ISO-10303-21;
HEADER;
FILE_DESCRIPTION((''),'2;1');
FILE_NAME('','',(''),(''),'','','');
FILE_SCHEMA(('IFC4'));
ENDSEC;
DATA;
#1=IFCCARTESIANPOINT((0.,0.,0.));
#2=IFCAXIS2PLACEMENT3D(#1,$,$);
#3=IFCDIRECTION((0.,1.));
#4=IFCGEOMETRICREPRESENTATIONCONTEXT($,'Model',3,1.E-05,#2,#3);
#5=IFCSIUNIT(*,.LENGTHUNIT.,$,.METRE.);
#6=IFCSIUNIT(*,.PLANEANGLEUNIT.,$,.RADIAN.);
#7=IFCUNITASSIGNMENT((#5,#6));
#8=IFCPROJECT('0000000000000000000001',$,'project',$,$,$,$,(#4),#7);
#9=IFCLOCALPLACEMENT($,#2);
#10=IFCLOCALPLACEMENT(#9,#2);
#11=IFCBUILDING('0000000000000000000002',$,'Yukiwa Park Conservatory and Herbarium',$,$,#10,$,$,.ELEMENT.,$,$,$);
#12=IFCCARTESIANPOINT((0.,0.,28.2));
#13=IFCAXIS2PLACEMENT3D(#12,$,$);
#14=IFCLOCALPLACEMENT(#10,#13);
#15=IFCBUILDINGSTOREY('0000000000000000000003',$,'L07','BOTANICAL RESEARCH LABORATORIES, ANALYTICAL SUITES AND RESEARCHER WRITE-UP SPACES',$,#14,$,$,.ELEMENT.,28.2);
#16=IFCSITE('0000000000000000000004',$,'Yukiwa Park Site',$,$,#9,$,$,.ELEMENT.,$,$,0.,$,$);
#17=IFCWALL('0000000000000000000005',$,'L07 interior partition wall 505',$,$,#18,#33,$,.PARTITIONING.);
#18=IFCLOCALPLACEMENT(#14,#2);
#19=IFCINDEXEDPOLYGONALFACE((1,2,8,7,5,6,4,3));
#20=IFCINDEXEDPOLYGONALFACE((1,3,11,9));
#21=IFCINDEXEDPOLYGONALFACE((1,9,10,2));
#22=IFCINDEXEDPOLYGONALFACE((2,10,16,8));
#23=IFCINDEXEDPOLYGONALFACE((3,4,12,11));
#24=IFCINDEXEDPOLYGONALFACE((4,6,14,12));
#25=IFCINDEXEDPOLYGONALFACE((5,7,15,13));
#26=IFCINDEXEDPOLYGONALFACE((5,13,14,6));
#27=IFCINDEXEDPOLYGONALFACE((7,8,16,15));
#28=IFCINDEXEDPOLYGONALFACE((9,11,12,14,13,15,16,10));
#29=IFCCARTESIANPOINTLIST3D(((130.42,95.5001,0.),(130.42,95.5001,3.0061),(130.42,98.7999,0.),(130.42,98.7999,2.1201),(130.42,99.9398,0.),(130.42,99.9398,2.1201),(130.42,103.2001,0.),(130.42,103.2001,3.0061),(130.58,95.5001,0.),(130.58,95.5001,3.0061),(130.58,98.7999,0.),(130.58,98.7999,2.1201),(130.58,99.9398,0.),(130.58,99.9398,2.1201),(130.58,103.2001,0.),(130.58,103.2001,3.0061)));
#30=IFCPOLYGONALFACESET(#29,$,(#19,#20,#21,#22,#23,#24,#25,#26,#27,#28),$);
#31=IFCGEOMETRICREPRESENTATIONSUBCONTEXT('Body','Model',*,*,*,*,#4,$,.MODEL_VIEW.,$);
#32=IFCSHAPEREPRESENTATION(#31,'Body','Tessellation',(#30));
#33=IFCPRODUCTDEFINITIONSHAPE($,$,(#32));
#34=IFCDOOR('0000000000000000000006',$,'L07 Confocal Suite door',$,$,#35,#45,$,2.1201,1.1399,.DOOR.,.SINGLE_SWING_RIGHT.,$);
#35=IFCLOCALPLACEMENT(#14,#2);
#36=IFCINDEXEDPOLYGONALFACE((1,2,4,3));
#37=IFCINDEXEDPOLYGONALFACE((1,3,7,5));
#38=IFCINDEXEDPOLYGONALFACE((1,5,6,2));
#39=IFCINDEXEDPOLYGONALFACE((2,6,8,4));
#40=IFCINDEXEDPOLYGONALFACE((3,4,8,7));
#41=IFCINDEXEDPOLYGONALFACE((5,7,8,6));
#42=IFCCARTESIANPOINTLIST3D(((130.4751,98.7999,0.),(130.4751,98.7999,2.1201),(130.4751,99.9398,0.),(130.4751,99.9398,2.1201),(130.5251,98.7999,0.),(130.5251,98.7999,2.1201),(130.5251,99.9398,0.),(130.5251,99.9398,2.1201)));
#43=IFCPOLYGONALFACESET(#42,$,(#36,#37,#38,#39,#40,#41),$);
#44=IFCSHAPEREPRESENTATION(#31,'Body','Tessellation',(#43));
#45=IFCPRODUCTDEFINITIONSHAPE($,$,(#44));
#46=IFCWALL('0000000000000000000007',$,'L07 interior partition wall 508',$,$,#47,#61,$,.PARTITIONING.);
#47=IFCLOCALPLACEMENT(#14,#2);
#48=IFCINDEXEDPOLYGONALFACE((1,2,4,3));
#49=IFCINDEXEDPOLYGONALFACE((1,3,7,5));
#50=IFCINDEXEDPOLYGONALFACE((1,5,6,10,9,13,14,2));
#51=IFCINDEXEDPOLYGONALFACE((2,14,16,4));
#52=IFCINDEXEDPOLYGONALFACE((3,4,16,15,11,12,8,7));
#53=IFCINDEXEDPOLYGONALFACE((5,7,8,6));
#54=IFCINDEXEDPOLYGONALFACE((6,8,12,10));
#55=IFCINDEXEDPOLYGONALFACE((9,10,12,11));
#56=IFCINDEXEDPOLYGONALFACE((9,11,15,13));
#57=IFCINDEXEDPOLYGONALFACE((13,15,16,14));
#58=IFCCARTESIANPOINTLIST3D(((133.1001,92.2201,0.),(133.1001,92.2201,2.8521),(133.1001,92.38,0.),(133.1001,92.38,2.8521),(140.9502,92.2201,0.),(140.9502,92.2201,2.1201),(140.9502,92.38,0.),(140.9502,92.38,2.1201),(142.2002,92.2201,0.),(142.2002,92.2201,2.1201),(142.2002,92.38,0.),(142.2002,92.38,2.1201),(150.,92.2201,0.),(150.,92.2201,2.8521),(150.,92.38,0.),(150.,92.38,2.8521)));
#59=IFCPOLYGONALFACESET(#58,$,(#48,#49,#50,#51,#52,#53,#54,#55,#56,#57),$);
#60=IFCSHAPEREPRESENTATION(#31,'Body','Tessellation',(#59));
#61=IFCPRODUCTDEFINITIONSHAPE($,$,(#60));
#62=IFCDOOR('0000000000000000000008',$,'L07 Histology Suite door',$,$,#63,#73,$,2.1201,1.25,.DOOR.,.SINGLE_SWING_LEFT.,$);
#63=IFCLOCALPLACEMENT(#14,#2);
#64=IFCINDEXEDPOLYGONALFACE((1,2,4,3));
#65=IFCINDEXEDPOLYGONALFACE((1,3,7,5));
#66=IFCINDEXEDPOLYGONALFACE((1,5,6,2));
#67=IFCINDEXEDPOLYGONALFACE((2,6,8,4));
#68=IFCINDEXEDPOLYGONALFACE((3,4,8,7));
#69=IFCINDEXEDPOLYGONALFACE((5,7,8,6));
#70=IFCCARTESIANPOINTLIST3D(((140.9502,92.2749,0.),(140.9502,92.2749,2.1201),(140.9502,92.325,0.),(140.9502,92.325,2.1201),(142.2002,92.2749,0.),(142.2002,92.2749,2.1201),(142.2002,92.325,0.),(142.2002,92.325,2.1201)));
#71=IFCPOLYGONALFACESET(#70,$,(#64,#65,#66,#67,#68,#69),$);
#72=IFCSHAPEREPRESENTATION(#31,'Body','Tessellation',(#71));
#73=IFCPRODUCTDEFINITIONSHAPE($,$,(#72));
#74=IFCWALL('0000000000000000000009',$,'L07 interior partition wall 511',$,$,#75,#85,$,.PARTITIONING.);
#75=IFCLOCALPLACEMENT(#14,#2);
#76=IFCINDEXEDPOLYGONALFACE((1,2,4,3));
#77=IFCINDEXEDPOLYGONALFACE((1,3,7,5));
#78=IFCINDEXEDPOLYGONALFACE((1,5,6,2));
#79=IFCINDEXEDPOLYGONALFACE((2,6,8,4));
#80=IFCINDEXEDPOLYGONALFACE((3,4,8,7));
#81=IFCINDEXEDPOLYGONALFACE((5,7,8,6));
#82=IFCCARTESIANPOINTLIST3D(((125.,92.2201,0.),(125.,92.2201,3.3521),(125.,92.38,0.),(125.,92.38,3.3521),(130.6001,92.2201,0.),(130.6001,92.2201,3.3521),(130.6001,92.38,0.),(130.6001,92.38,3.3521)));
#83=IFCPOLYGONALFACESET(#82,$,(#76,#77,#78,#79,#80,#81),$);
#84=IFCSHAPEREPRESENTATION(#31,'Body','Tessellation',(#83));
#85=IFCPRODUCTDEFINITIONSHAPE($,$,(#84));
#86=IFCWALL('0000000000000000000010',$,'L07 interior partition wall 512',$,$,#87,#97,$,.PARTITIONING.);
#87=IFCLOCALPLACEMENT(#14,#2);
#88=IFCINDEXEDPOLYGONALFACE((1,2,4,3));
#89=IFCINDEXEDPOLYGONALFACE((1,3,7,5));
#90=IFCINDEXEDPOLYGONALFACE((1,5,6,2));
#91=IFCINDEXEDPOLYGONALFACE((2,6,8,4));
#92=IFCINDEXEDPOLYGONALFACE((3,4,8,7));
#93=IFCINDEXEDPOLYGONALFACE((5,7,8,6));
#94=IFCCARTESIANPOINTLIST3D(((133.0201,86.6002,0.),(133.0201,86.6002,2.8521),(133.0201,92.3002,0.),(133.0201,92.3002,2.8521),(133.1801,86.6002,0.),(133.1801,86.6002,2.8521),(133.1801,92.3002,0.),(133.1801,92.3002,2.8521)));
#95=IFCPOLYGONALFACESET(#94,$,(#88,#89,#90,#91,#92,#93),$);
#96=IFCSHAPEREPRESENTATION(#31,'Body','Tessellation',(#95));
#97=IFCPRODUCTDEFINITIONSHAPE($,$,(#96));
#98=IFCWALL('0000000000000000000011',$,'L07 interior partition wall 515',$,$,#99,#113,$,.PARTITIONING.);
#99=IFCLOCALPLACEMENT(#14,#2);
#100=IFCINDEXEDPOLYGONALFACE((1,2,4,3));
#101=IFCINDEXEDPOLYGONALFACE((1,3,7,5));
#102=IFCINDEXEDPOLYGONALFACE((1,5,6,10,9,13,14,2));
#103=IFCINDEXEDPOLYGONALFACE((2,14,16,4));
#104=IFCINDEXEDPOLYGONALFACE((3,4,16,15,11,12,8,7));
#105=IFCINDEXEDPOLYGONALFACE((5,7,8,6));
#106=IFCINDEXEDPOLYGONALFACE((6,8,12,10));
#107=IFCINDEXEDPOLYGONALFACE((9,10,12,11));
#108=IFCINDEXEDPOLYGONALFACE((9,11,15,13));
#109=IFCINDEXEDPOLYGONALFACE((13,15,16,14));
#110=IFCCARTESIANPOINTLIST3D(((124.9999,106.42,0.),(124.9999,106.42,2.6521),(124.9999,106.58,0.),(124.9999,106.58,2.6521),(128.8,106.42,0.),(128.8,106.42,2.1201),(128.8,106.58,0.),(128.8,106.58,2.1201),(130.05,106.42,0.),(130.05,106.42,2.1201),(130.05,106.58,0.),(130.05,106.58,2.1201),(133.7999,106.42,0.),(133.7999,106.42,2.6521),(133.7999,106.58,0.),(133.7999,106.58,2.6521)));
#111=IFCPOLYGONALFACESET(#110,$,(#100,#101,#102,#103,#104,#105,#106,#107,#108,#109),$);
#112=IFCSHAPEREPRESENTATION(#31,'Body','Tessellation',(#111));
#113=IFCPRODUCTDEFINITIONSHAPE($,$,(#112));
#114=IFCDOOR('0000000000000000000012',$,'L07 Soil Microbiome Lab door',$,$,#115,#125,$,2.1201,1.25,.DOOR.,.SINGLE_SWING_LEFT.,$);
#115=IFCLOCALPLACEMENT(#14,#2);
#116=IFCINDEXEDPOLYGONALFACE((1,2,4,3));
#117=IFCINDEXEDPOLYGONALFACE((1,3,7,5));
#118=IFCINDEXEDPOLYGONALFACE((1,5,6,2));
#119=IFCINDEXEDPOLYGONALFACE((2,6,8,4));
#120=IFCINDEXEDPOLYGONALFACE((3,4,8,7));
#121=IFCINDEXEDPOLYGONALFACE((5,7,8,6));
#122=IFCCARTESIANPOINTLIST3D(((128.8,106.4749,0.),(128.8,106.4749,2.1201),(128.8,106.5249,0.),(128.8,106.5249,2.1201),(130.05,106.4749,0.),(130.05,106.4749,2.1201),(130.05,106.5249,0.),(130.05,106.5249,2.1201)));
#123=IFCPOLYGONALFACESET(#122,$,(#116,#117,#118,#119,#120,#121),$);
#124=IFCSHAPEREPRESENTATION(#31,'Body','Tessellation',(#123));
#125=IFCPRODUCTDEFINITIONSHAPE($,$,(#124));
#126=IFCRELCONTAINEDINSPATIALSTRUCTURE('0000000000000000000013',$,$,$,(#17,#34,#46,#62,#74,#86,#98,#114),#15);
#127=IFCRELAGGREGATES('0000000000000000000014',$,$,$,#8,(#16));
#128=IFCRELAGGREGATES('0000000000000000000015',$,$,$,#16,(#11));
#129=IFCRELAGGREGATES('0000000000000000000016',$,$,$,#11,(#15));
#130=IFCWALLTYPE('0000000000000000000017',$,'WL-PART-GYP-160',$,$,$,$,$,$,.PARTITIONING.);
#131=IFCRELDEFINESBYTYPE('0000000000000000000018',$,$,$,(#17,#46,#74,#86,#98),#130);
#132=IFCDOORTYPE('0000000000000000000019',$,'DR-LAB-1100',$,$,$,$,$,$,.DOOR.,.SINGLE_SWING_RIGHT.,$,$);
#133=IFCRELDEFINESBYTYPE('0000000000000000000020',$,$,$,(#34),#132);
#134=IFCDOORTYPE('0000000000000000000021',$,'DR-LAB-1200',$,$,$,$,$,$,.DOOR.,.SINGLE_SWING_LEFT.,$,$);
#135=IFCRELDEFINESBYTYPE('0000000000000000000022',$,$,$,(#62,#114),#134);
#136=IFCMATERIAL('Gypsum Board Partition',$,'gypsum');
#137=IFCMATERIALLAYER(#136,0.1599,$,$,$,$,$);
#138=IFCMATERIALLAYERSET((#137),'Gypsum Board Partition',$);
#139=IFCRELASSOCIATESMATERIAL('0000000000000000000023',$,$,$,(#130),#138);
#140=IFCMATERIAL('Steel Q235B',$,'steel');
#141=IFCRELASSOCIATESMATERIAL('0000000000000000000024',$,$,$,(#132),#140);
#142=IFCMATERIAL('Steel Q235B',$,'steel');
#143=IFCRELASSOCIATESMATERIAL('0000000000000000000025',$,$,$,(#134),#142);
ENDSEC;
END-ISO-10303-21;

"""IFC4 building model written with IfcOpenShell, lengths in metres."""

from ifc_helpers import new_model, si_unit, direction, frame, frame_2d, origin, place, context, subcontext, project, spatial, rectangle, extrude, material, layer, layer_set, type_object, element, fill, save


model = new_model("IFC4")

# Units and contexts
model_context = context("Model", 3, precision=1e-05, world=origin(), true_north=direction((0.0, 1.0)))
body_context = subcontext(model_context, "Body", "Model", "MODEL_VIEW")
ifc_project = project(units=[si_unit("LENGTHUNIT", "METRE"), si_unit("PLANEANGLEUNIT", "RADIAN")], contexts=[model_context])

# Site, building, storey
site_placement = place(None, origin())
site = spatial("IfcSite", under=ifc_project, at=site_placement, Name="Yukiwa Park Site", CompositionType="ELEMENT", RefElevation=0.0)
building_placement = place(site_placement, origin())
building = spatial("IfcBuilding", under=site, at=building_placement, Name="Yukiwa Park Conservatory and Herbarium", CompositionType="ELEMENT")
storey_placement = place(building_placement, frame((0.0, 0.0, 28.2)))
storey = spatial("IfcBuildingStorey", under=building, at=storey_placement, Name="L07", Description="BOTANICAL RESEARCH LABORATORIES, ANALYTICAL SUITES AND RESEARCHER WRITE-UP SPACES", CompositionType="ELEMENT", Elevation=28.2)

# Walls, openings, doors
ifc_material_1 = material(Name="Gypsum Board Partition", Category="gypsum")
ifc_layer_1 = layer(ifc_material_1, 0.1599)
ifc_layer_set_1 = layer_set([ifc_layer_1], Name="Gypsum Board Partition")
wall_type_1 = type_object("IfcWallType", Name="WL-PART-GYP-160", PredefinedType="PARTITIONING", material=ifc_layer_set_1)
ifc_material_2 = material(Name="Steel Q235B", Category="steel")
door_type_1 = type_object("IfcDoorType", Name="DR-LAB-1100", OperationType="SINGLE_SWING_RIGHT", PredefinedType="DOOR", material=ifc_material_2)
wall_1_placement = place(storey_placement, frame((130.5, 95.5, 0.0), z_axis=(0.0, 0.0, 1.0), x_axis=(0.0, 1.0, 0.0)))
wall_1 = element("IfcWall", 1, at=wall_1_placement, inside=storey, type_object=wall_type_1, Name="L07 interior partition wall 505", PredefinedType="PARTITIONING", context=body_context, shape_type="SweptSolid", body=[
    extrude(rectangle(XDim=7.7, YDim=0.1599, at=frame_2d((3.8501, 0.0))), origin(), (0.0, 0.0, 1.0), 3.0061),
])
opening_1_placement = place(wall_1_placement, frame((3.3, 0.0, 0.0)))
opening_1 = element("IfcOpeningElement", 2, at=opening_1_placement, cuts=wall_1, PredefinedType="OPENING", context=body_context, shape_type="SweptSolid", body=[
    extrude(rectangle(XDim=1.1399, YDim=2.1201, at=frame_2d((0.5698, 1.0601))), frame((0.0, 0.0898, 0.0), z_axis=(0.0, -1.0, 0.0), x_axis=(1.0, 0.0, 0.0)), (0.0, 0.0, 1.0), 0.1799),
])
door_1_placement = place(opening_1_placement, origin())
door_1 = element("IfcDoor", 3, at=door_1_placement, inside=storey, type_object=door_type_1, Name="L07 Confocal Suite door", OperationType="SINGLE_SWING_RIGHT", OverallHeight=2.1201, OverallWidth=1.1399, PredefinedType="DOOR", context=body_context, shape_type="SweptSolid", body=[
    extrude(rectangle(XDim=1.1399, YDim=2.1201, at=frame_2d((0.5698, 1.0601))), frame((0.0, 0.0249, 0.0), z_axis=(0.0, -1.0, 0.0), x_axis=(1.0, 0.0, 0.0)), (0.0, 0.0, 1.0), 0.05),
])
fill(opening_1, door_1)
wall_2_placement = place(storey_placement, frame((133.1001, 92.3, 0.0), z_axis=(0.0, 0.0, 1.0), x_axis=(1.0, 0.0, 0.0)))
wall_2 = element("IfcWall", 4, at=wall_2_placement, inside=storey, type_object=wall_type_1, Name="L07 interior partition wall 508", PredefinedType="PARTITIONING", context=body_context, shape_type="SweptSolid", body=[
    extrude(rectangle(XDim=16.8999, YDim=0.1599, at=frame_2d((8.45, 0.0))), origin(), (0.0, 0.0, 1.0), 2.8521),
])
opening_2_placement = place(wall_2_placement, frame((7.8501, 0.0, 0.0)))
opening_2 = element("IfcOpeningElement", 5, at=opening_2_placement, cuts=wall_2, PredefinedType="OPENING", context=body_context, shape_type="SweptSolid", body=[
    extrude(rectangle(XDim=1.25, YDim=2.1201, at=frame_2d((0.625, 1.0601))), frame((0.0, 0.0898, 0.0), z_axis=(0.0, -1.0, 0.0), x_axis=(1.0, 0.0, 0.0)), (0.0, 0.0, 1.0), 0.1799),
])
ifc_material_3 = material(Name="Steel Q235B", Category="steel")
door_type_2 = type_object("IfcDoorType", Name="DR-LAB-1200", OperationType="SINGLE_SWING_LEFT", PredefinedType="DOOR", material=ifc_material_3)
door_2_placement = place(opening_2_placement, origin())
door_2 = element("IfcDoor", 6, at=door_2_placement, inside=storey, type_object=door_type_2, Name="L07 Histology Suite door", OperationType="SINGLE_SWING_LEFT", OverallHeight=2.1201, OverallWidth=1.25, PredefinedType="DOOR", context=body_context, shape_type="SweptSolid", body=[
    extrude(rectangle(XDim=1.25, YDim=2.1201, at=frame_2d((0.625, 1.0601))), frame((0.0, 0.0249, 0.0), z_axis=(0.0, -1.0, 0.0), x_axis=(1.0, 0.0, 0.0)), (0.0, 0.0, 1.0), 0.05),
])
fill(opening_2, door_2)

# Walls
wall_3_placement = place(storey_placement, frame((125.0, 92.3, 0.0), z_axis=(0.0, 0.0, 1.0), x_axis=(1.0, 0.0, 0.0)))
element("IfcWall", 7, at=wall_3_placement, inside=storey, type_object=wall_type_1, Name="L07 interior partition wall 511", PredefinedType="PARTITIONING", context=body_context, shape_type="SweptSolid", body=[
    extrude(rectangle(XDim=5.6001, YDim=0.1599, at=frame_2d((2.8, 0.0))), origin(), (0.0, 0.0, 1.0), 3.3521),
])
wall_4_placement = place(storey_placement, frame((133.1001, 86.6001, 0.0), z_axis=(0.0, 0.0, 1.0), x_axis=(0.0, 1.0, 0.0)))
element("IfcWall", 8, at=wall_4_placement, inside=storey, type_object=wall_type_1, Name="L07 interior partition wall 512", PredefinedType="PARTITIONING", context=body_context, shape_type="SweptSolid", body=[
    extrude(rectangle(XDim=5.7, YDim=0.1599, at=frame_2d((2.8501, 0.0))), origin(), (0.0, 0.0, 1.0), 2.8521),
])

# Wall, opening, door
wall_5_placement = place(storey_placement, frame((125.0, 106.5, 0.0), z_axis=(0.0, 0.0, 1.0), x_axis=(1.0, 0.0, 0.0)))
wall_5 = element("IfcWall", 9, at=wall_5_placement, inside=storey, type_object=wall_type_1, Name="L07 interior partition wall 515", PredefinedType="PARTITIONING", context=body_context, shape_type="SweptSolid", body=[
    extrude(rectangle(XDim=8.8, YDim=0.1599, at=frame_2d((4.3999, 0.0))), origin(), (0.0, 0.0, 1.0), 2.6521),
])
opening_3_placement = place(wall_5_placement, frame((3.8, 0.0, 0.0)))
opening_3 = element("IfcOpeningElement", 10, at=opening_3_placement, cuts=wall_5, PredefinedType="OPENING", context=body_context, shape_type="SweptSolid", body=[
    extrude(rectangle(XDim=1.25, YDim=2.1201, at=frame_2d((0.625, 1.0601))), frame((0.0, 0.0898, 0.0), z_axis=(0.0, -1.0, 0.0), x_axis=(1.0, 0.0, 0.0)), (0.0, 0.0, 1.0), 0.1799),
])
door_3_placement = place(opening_3_placement, origin())
door_3 = element("IfcDoor", 11, at=door_3_placement, inside=storey, type_object=door_type_2, Name="L07 Soil Microbiome Lab door", OperationType="SINGLE_SWING_LEFT", OverallHeight=2.1201, OverallWidth=1.25, PredefinedType="DOOR", context=body_context, shape_type="SweptSolid", body=[
    extrude(rectangle(XDim=1.25, YDim=2.1201, at=frame_2d((0.625, 1.0601))), frame((0.0, 0.0249, 0.0), z_axis=(0.0, -1.0, 0.0), x_axis=(1.0, 0.0, 0.0)), (0.0, 0.0, 1.0), 0.05),
])
fill(opening_3, door_3)

save(model, "model.ifc")
